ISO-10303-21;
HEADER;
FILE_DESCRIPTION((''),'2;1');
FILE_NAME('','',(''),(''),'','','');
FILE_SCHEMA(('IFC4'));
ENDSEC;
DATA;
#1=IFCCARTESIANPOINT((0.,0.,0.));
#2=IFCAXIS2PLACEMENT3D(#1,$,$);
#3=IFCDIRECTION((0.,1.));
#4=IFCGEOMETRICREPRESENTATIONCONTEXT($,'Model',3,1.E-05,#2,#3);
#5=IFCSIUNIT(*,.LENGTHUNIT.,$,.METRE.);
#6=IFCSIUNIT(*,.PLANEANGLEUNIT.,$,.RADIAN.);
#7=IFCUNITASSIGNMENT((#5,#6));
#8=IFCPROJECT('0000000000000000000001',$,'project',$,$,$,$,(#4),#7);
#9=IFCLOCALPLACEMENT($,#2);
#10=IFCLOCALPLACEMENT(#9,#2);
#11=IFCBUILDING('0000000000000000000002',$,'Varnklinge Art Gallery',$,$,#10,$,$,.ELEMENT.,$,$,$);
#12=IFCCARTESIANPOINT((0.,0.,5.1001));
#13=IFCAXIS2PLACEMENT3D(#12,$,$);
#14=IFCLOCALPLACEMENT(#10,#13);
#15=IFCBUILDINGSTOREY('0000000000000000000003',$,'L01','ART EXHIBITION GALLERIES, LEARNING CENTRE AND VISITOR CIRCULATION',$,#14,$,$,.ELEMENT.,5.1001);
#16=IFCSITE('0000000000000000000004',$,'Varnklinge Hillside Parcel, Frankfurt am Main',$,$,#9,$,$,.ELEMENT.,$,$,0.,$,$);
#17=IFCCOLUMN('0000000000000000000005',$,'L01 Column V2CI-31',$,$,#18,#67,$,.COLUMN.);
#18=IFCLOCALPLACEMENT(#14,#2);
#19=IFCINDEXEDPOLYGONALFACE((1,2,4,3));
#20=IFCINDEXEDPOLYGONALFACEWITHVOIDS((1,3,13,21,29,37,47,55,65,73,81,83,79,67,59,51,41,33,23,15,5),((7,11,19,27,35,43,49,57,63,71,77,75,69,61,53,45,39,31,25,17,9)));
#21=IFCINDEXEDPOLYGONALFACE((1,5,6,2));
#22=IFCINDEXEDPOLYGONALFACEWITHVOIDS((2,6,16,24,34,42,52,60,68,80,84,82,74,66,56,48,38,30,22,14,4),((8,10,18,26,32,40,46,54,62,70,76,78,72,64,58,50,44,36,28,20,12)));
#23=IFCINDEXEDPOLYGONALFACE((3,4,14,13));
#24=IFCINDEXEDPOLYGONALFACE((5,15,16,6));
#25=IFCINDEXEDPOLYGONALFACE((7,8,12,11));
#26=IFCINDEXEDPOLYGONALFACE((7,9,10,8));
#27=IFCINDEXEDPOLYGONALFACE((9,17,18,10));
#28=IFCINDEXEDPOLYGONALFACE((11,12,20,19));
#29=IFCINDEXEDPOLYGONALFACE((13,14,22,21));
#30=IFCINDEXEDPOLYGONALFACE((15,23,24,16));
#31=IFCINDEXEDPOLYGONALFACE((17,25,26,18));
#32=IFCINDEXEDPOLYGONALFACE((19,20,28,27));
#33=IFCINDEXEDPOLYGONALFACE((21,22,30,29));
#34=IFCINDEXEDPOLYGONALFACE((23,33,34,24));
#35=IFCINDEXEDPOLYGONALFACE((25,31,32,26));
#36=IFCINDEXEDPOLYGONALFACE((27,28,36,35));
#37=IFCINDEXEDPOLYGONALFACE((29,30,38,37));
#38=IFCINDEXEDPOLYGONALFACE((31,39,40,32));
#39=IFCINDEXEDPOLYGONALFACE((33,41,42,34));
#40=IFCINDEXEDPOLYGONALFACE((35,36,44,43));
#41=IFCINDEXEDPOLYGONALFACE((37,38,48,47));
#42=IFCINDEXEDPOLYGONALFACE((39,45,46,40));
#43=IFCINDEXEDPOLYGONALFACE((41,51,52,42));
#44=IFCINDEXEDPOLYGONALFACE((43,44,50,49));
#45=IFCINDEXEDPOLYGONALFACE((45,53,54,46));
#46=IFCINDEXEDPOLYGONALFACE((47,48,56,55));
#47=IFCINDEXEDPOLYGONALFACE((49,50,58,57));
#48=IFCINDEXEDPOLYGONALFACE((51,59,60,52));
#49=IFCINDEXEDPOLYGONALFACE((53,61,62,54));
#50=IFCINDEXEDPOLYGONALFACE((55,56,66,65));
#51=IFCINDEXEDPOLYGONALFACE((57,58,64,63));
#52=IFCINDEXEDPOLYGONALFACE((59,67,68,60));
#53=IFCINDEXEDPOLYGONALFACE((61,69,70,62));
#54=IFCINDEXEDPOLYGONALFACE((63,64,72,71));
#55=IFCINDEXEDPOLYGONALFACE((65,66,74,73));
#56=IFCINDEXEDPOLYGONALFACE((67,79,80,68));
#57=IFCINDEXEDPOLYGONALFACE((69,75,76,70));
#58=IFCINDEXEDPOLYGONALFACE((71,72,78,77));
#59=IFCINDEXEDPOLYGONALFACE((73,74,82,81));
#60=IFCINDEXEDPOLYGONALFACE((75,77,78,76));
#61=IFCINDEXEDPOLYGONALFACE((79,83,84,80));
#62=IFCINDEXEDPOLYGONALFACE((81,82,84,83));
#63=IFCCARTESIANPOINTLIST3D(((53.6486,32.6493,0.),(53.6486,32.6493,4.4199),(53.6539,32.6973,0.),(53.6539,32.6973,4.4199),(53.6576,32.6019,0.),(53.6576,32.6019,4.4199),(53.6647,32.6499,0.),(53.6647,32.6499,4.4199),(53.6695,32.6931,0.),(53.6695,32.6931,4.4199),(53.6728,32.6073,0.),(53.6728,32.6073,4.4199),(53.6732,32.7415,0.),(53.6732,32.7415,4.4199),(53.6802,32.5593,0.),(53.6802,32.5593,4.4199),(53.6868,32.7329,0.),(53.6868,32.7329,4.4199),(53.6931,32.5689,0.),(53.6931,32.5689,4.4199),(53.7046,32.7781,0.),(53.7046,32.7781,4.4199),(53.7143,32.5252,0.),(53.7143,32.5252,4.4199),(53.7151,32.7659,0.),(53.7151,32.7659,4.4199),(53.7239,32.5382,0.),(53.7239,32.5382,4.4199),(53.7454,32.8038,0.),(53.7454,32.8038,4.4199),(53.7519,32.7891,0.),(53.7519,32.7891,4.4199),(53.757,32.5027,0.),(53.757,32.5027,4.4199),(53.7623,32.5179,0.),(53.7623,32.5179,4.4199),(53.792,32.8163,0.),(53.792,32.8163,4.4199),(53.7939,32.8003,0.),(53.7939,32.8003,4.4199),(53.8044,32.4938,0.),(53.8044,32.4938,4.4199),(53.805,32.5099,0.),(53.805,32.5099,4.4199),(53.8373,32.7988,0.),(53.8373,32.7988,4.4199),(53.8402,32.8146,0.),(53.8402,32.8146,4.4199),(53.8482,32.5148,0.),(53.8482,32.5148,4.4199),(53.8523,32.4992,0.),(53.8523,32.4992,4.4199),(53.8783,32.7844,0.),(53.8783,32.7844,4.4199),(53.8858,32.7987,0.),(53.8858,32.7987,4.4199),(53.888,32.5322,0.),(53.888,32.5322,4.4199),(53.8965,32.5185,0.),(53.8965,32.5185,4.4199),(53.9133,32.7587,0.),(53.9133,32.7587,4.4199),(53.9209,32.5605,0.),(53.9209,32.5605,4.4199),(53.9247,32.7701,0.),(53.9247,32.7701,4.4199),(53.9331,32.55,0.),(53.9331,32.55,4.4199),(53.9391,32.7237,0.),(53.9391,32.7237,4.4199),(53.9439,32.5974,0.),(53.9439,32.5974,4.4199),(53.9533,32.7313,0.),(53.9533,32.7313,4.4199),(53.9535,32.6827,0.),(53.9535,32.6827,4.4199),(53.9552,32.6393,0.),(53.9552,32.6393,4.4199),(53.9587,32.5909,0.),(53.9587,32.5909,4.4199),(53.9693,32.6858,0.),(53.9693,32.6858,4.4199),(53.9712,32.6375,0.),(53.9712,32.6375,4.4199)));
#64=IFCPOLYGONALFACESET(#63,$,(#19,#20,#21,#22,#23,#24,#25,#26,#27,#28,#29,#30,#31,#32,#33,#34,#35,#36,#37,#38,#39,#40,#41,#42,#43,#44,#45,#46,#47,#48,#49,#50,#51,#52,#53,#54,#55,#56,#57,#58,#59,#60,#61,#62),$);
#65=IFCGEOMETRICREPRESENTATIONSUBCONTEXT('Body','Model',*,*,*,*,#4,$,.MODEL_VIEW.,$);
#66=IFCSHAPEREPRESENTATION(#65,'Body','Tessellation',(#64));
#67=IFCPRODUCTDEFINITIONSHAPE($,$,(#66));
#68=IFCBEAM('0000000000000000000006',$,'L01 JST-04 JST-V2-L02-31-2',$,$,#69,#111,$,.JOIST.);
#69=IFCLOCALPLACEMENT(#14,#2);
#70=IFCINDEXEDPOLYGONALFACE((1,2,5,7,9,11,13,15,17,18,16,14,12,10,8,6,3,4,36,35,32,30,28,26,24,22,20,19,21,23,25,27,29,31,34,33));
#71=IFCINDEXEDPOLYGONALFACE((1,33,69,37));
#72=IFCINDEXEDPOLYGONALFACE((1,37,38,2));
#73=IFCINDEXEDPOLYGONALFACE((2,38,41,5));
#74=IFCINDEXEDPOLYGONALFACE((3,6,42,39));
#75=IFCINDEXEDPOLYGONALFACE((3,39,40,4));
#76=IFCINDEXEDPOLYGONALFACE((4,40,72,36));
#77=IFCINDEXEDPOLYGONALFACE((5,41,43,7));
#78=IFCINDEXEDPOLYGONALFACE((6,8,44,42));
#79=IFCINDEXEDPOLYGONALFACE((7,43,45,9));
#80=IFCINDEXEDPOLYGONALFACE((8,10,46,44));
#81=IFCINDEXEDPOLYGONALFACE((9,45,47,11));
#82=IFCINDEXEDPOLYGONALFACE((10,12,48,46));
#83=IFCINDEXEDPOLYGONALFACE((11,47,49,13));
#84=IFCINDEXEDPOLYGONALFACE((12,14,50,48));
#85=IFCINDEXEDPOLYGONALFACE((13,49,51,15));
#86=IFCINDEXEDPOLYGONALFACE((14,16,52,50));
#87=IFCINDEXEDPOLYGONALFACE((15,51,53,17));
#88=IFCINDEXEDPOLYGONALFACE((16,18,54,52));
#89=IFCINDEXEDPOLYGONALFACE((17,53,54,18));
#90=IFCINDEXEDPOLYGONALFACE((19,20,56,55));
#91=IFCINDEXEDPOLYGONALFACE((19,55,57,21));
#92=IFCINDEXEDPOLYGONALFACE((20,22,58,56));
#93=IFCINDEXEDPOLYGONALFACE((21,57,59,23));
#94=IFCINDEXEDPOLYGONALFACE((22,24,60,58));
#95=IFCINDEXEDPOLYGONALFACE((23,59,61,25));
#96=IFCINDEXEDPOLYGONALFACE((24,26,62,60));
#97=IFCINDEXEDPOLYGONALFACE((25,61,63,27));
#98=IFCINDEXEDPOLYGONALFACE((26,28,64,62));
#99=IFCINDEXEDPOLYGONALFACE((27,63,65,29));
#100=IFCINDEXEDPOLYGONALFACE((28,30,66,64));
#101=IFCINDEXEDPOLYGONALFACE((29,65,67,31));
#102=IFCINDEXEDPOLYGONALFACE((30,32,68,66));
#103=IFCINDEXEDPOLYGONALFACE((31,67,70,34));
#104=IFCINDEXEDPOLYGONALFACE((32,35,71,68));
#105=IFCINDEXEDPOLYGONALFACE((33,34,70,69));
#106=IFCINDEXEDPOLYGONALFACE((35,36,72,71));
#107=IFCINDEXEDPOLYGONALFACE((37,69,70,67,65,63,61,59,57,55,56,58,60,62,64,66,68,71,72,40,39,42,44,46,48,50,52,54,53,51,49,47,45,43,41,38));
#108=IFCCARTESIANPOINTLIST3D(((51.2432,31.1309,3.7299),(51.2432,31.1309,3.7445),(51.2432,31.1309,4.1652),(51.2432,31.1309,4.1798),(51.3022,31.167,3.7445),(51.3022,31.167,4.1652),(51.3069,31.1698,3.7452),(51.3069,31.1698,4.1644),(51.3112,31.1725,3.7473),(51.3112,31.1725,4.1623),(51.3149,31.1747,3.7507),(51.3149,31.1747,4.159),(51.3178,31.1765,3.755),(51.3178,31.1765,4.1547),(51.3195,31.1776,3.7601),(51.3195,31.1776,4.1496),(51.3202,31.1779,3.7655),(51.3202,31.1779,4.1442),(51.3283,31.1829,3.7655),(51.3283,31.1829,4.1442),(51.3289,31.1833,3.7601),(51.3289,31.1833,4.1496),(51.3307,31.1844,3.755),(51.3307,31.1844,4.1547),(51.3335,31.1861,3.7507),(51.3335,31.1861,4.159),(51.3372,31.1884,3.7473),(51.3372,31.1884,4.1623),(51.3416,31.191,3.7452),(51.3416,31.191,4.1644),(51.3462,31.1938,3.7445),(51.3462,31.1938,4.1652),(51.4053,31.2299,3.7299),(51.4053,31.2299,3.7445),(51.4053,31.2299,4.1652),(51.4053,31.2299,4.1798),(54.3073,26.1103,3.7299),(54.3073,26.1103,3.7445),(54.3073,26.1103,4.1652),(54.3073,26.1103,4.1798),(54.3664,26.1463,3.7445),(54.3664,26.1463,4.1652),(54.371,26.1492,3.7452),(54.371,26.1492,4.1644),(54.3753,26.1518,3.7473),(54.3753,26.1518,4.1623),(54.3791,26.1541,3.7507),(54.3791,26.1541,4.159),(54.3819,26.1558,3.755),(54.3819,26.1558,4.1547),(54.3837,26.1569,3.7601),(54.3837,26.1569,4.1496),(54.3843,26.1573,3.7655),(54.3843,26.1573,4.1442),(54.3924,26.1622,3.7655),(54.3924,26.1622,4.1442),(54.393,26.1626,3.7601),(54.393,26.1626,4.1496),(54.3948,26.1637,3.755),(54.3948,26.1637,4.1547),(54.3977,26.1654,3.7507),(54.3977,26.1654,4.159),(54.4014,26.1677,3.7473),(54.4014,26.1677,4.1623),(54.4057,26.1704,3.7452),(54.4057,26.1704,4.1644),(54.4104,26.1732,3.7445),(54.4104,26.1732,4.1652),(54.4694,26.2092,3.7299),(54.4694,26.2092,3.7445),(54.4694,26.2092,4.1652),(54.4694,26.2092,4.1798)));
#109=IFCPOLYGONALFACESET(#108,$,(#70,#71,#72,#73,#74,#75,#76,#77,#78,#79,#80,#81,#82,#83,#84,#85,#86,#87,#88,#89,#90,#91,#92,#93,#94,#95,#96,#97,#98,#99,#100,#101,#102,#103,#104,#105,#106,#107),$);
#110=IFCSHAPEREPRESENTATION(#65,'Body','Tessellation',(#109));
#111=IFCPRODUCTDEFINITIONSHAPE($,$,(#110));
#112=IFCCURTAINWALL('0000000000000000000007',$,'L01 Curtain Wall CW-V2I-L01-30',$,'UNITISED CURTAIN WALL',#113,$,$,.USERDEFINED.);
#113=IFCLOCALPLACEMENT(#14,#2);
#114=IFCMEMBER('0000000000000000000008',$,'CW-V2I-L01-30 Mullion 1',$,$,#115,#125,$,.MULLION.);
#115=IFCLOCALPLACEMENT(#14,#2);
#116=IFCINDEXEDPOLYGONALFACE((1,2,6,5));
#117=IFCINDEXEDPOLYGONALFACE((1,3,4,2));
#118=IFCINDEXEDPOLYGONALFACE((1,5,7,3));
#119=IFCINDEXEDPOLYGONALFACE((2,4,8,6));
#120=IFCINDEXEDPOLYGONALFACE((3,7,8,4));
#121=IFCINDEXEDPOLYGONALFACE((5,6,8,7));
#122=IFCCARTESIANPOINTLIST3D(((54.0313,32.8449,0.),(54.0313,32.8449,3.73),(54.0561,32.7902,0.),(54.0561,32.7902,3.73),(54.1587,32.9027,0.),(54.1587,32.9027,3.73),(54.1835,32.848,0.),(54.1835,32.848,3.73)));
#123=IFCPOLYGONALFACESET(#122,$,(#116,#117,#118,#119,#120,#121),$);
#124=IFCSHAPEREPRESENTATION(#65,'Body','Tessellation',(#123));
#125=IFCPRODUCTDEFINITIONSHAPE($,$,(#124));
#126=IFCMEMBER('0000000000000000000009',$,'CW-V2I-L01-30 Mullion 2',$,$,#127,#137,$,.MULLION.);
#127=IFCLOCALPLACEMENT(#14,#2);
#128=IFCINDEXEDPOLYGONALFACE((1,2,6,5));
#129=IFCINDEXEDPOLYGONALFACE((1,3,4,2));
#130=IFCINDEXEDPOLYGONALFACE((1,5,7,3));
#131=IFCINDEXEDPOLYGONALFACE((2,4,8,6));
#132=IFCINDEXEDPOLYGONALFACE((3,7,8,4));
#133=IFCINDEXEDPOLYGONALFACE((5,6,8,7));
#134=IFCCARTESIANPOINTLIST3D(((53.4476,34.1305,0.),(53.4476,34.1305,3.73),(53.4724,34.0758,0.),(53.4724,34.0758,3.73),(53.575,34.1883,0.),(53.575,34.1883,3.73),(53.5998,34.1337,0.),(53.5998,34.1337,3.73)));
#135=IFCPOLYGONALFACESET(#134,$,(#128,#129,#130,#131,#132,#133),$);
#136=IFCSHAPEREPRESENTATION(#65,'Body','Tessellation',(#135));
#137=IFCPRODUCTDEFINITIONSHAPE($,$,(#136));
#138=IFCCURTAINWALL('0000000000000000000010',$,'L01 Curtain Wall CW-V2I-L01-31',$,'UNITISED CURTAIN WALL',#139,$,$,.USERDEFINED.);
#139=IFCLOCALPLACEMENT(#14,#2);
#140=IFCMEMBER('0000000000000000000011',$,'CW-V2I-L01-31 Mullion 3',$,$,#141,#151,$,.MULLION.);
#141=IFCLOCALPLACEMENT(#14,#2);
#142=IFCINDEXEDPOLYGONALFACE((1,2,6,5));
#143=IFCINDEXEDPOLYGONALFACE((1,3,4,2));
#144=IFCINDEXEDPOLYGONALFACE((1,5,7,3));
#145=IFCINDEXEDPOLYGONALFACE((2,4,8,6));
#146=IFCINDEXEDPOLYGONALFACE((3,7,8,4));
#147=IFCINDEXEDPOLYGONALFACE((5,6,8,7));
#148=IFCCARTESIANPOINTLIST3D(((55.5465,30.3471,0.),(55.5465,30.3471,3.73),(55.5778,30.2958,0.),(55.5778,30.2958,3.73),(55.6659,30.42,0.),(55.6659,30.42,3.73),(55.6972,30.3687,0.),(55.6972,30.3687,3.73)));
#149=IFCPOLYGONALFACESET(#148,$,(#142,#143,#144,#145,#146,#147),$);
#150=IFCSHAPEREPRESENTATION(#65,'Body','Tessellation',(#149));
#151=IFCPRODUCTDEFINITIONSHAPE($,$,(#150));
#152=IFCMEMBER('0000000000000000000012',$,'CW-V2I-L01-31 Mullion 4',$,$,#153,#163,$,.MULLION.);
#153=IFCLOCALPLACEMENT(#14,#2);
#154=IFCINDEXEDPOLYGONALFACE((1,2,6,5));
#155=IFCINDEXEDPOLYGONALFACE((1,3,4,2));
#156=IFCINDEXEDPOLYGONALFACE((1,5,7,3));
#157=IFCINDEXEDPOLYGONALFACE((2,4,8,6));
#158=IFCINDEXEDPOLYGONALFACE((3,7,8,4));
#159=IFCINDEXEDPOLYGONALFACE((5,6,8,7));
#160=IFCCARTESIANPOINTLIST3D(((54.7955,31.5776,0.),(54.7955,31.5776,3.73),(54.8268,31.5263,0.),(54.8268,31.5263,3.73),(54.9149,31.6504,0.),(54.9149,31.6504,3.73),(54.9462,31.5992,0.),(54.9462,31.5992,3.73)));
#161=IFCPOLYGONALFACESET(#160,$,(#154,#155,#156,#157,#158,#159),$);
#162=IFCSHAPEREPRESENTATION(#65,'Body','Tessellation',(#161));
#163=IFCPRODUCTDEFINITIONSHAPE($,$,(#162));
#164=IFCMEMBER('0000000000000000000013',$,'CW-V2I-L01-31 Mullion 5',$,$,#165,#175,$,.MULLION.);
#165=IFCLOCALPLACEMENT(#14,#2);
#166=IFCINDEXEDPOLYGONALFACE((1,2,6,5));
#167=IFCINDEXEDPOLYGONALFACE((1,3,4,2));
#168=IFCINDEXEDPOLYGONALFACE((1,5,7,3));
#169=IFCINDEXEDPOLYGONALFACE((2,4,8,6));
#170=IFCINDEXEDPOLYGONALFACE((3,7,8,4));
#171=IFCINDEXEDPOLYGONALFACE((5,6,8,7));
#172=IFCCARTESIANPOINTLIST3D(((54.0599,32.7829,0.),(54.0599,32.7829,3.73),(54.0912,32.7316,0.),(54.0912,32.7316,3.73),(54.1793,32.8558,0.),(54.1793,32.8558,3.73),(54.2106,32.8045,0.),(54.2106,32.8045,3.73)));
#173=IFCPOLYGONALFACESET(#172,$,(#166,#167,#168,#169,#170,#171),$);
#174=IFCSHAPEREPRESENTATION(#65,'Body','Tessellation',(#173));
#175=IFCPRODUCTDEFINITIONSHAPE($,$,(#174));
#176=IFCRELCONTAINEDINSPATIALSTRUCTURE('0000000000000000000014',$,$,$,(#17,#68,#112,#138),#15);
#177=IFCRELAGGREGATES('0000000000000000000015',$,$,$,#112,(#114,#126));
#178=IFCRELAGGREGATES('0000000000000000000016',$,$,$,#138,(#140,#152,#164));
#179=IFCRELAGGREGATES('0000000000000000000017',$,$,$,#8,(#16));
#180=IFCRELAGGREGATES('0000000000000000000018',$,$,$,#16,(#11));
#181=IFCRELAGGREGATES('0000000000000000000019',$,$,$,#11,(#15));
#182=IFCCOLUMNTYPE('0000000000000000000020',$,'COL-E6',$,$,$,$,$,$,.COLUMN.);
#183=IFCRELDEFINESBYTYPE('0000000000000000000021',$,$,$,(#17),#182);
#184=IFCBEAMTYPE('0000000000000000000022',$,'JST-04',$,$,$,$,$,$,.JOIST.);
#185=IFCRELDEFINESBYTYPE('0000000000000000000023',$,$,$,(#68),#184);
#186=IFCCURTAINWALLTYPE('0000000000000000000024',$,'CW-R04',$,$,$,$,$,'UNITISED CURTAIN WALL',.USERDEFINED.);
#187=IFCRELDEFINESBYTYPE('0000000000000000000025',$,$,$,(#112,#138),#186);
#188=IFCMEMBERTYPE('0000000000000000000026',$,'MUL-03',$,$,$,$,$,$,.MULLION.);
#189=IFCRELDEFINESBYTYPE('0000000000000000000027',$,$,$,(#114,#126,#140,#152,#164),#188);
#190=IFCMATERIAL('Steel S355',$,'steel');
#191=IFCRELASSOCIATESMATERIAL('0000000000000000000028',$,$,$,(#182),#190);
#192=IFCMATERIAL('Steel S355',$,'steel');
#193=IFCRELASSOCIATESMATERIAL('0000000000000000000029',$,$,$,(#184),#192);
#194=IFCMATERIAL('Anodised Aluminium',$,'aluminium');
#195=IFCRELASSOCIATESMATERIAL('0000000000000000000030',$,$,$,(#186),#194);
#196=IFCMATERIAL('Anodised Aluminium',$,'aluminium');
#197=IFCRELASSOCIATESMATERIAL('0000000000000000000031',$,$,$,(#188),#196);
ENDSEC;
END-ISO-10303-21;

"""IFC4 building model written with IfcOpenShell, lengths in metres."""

from ifc_helpers import new_model, si_unit, direction, frame, origin, origin_2d, place, context, subcontext, project, spatial, rectangle, hollow_circle, i_section, extrude, material, material_profile, profile_set, type_object, element, aggregate, save


model = new_model("IFC4")

# Units and contexts
model_context = context("Model", 3, precision=1e-05, world=origin(), true_north=direction((0.0, 1.0)))
body_context = subcontext(model_context, "Body", "Model", "MODEL_VIEW")
ifc_project = project(units=[si_unit("LENGTHUNIT", "METRE"), si_unit("PLANEANGLEUNIT", "RADIAN")], contexts=[model_context])

# Site, building, storey
site_placement = place(None, origin())
site = spatial("IfcSite", under=ifc_project, at=site_placement, Name="Varnklinge Hillside Parcel, Frankfurt am Main", CompositionType="ELEMENT", RefElevation=0.0)
building_placement = place(site_placement, origin())
building = spatial("IfcBuilding", under=site, at=building_placement, Name="Varnklinge Art Gallery", CompositionType="ELEMENT")
storey_placement = place(building_placement, frame((0.0, 0.0, 5.1001)))
storey = spatial("IfcBuildingStorey", under=building, at=storey_placement, Name="L01", Description="ART EXHIBITION GALLERIES, LEARNING CENTRE AND VISITOR CIRCULATION", CompositionType="ELEMENT", Elevation=5.1001)

# Column
ifc_material_1 = material(Name="Steel S355", Category="steel")
ifc_material_profile_1 = material_profile(ifc_material_1, hollow_circle(Radius=0.1619, WallThickness=0.0161, at=origin_2d()), Name="CHS 323.9x16")
ifc_profile_set_1 = profile_set([ifc_material_profile_1], Name="Steel S355")
column_type = type_object("IfcColumnType", Name="COL-E6", PredefinedType="COLUMN", material=ifc_profile_set_1)
column_placement = place(storey_placement, frame((53.8103, 32.6555, 0.0), z_axis=(0.0, 0.0, 1.0), x_axis=(0.883684, 0.468084, 0.0)))
element("IfcColumn", 1, at=column_placement, inside=storey, type_object=column_type, Name="L01 Column V2CI-31", PredefinedType="COLUMN", context=body_context, shape_type="SweptSolid", body=[
    extrude(hollow_circle(Radius=0.1619, WallThickness=0.0161, at=origin_2d()), origin(), (0.0, 0.0, 1.0), 4.4199),
])

# Beam
ifc_material_2 = material(Name="Steel S355", Category="steel")
ifc_material_profile_2 = material_profile(ifc_material_2, i_section(OverallWidth=0.1899, OverallDepth=0.45, WebThickness=0.0095, FlangeThickness=0.0146, FilletRadius=0.021, at=origin_2d()), Name="IPE 450")
ifc_profile_set_2 = profile_set([ifc_material_profile_2], Name="Steel S355")
beam_type_1 = type_object("IfcBeamType", Name="JST-04", PredefinedType="JOIST", material=ifc_profile_set_2)
beam_1_placement = place(storey_placement, frame((51.3242, 31.1804, 3.9548), z_axis=(0.520951, -0.853586, 0.0), x_axis=(0.853586, 0.520951, 0.0)))
element("IfcBeam", 2, at=beam_1_placement, inside=storey, type_object=beam_type_1, Name="L01 JST-04 JST-V2-L02-31-2", PredefinedType="JOIST", context=body_context, shape_type="SweptSolid", body=[
    extrude(i_section(OverallWidth=0.1899, OverallDepth=0.45, WebThickness=0.0095, FlangeThickness=0.0146, FilletRadius=0.021, at=origin_2d()), origin(), (0.0, 0.0, 1.0), 5.8818),
])

# Curtain walls, members
ifc_material_3 = material(Name="Anodised Aluminium", Category="aluminium")
curtain_wall_type = type_object("IfcCurtainWallType", Name="CW-R04", ElementType="UNITISED CURTAIN WALL", PredefinedType="USERDEFINED", material=ifc_material_3)
curtain_wall_1_placement = place(storey_placement, origin())
curtain_wall_1 = element("IfcCurtainWall", 3, at=curtain_wall_1_placement, inside=storey, type_object=curtain_wall_type, Name="L01 Curtain Wall CW-V2I-L01-30", ObjectType="UNITISED CURTAIN WALL", PredefinedType="USERDEFINED")
ifc_material_4 = material(Name="Anodised Aluminium", Category="aluminium")
ifc_material_profile_3 = material_profile(ifc_material_4, rectangle(XDim=0.0601, YDim=0.1399, at=origin_2d()), Name="ALU 60x140")
ifc_profile_set_3 = profile_set([ifc_material_profile_3], Name="Anodised Aluminium")
member_type_1 = type_object("IfcMemberType", Name="MUL-03", PredefinedType="MULLION", material=ifc_profile_set_3)
member_1_placement = place(storey_placement, frame((54.1074, 32.8464, 0.0), z_axis=(0.0, 0.0, 1.0), x_axis=(-0.413422, 0.910539, 0.0)))
member_1 = element("IfcMember", 4, at=member_1_placement, type_object=member_type_1, Name="CW-V2I-L01-30 Mullion 1", PredefinedType="MULLION", context=body_context, shape_type="SweptSolid", body=[
    extrude(rectangle(XDim=0.0601, YDim=0.1399, at=origin_2d()), origin(), (0.0, 0.0, 1.0), 3.73),
])
member_2_placement = place(storey_placement, frame((53.5237, 34.1321, 0.0), z_axis=(0.0, 0.0, 1.0), x_axis=(-0.413422, 0.910539, 0.0)))
member_2 = element("IfcMember", 5, at=member_2_placement, type_object=member_type_1, Name="CW-V2I-L01-30 Mullion 2", PredefinedType="MULLION", context=body_context, shape_type="SweptSolid", body=[
    extrude(rectangle(XDim=0.0601, YDim=0.1399, at=origin_2d()), origin(), (0.0, 0.0, 1.0), 3.73),
])
curtain_wall_2_placement = place(storey_placement, origin())
curtain_wall_2 = element("IfcCurtainWall", 6, at=curtain_wall_2_placement, inside=storey, type_object=curtain_wall_type, Name="L01 Curtain Wall CW-V2I-L01-31", ObjectType="UNITISED CURTAIN WALL", PredefinedType="USERDEFINED")
member_3_placement = place(storey_placement, frame((55.6218, 30.3579, 0.0), z_axis=(0.0, 0.0, 1.0), x_axis=(-0.520861, 0.853642, 0.0)))
member_3 = element("IfcMember", 7, at=member_3_placement, type_object=member_type_1, Name="CW-V2I-L01-31 Mullion 3", PredefinedType="MULLION", context=body_context, shape_type="SweptSolid", body=[
    extrude(rectangle(XDim=0.0601, YDim=0.1399, at=origin_2d()), origin(), (0.0, 0.0, 1.0), 3.73),
])
member_4_placement = place(storey_placement, frame((54.8708, 31.5884, 0.0), z_axis=(0.0, 0.0, 1.0), x_axis=(-0.520861, 0.853642, 0.0)))
member_4 = element("IfcMember", 8, at=member_4_placement, type_object=member_type_1, Name="CW-V2I-L01-31 Mullion 4", PredefinedType="MULLION", context=body_context, shape_type="SweptSolid", body=[
    extrude(rectangle(XDim=0.0601, YDim=0.1399, at=origin_2d()), origin(), (0.0, 0.0, 1.0), 3.73),
])
member_5_placement = place(storey_placement, frame((54.1353, 32.7937, 0.0), z_axis=(0.0, 0.0, 1.0), x_axis=(-0.520861, 0.853642, 0.0)))
member_5 = element("IfcMember", 9, at=member_5_placement, type_object=member_type_1, Name="CW-V2I-L01-31 Mullion 5", PredefinedType="MULLION", context=body_context, shape_type="SweptSolid", body=[
    extrude(rectangle(XDim=0.0601, YDim=0.1399, at=origin_2d()), origin(), (0.0, 0.0, 1.0), 3.73),
])

aggregate(curtain_wall_1, [member_1, member_2])
aggregate(curtain_wall_2, [member_3, member_4, member_5])

save(model, "model.ifc")
